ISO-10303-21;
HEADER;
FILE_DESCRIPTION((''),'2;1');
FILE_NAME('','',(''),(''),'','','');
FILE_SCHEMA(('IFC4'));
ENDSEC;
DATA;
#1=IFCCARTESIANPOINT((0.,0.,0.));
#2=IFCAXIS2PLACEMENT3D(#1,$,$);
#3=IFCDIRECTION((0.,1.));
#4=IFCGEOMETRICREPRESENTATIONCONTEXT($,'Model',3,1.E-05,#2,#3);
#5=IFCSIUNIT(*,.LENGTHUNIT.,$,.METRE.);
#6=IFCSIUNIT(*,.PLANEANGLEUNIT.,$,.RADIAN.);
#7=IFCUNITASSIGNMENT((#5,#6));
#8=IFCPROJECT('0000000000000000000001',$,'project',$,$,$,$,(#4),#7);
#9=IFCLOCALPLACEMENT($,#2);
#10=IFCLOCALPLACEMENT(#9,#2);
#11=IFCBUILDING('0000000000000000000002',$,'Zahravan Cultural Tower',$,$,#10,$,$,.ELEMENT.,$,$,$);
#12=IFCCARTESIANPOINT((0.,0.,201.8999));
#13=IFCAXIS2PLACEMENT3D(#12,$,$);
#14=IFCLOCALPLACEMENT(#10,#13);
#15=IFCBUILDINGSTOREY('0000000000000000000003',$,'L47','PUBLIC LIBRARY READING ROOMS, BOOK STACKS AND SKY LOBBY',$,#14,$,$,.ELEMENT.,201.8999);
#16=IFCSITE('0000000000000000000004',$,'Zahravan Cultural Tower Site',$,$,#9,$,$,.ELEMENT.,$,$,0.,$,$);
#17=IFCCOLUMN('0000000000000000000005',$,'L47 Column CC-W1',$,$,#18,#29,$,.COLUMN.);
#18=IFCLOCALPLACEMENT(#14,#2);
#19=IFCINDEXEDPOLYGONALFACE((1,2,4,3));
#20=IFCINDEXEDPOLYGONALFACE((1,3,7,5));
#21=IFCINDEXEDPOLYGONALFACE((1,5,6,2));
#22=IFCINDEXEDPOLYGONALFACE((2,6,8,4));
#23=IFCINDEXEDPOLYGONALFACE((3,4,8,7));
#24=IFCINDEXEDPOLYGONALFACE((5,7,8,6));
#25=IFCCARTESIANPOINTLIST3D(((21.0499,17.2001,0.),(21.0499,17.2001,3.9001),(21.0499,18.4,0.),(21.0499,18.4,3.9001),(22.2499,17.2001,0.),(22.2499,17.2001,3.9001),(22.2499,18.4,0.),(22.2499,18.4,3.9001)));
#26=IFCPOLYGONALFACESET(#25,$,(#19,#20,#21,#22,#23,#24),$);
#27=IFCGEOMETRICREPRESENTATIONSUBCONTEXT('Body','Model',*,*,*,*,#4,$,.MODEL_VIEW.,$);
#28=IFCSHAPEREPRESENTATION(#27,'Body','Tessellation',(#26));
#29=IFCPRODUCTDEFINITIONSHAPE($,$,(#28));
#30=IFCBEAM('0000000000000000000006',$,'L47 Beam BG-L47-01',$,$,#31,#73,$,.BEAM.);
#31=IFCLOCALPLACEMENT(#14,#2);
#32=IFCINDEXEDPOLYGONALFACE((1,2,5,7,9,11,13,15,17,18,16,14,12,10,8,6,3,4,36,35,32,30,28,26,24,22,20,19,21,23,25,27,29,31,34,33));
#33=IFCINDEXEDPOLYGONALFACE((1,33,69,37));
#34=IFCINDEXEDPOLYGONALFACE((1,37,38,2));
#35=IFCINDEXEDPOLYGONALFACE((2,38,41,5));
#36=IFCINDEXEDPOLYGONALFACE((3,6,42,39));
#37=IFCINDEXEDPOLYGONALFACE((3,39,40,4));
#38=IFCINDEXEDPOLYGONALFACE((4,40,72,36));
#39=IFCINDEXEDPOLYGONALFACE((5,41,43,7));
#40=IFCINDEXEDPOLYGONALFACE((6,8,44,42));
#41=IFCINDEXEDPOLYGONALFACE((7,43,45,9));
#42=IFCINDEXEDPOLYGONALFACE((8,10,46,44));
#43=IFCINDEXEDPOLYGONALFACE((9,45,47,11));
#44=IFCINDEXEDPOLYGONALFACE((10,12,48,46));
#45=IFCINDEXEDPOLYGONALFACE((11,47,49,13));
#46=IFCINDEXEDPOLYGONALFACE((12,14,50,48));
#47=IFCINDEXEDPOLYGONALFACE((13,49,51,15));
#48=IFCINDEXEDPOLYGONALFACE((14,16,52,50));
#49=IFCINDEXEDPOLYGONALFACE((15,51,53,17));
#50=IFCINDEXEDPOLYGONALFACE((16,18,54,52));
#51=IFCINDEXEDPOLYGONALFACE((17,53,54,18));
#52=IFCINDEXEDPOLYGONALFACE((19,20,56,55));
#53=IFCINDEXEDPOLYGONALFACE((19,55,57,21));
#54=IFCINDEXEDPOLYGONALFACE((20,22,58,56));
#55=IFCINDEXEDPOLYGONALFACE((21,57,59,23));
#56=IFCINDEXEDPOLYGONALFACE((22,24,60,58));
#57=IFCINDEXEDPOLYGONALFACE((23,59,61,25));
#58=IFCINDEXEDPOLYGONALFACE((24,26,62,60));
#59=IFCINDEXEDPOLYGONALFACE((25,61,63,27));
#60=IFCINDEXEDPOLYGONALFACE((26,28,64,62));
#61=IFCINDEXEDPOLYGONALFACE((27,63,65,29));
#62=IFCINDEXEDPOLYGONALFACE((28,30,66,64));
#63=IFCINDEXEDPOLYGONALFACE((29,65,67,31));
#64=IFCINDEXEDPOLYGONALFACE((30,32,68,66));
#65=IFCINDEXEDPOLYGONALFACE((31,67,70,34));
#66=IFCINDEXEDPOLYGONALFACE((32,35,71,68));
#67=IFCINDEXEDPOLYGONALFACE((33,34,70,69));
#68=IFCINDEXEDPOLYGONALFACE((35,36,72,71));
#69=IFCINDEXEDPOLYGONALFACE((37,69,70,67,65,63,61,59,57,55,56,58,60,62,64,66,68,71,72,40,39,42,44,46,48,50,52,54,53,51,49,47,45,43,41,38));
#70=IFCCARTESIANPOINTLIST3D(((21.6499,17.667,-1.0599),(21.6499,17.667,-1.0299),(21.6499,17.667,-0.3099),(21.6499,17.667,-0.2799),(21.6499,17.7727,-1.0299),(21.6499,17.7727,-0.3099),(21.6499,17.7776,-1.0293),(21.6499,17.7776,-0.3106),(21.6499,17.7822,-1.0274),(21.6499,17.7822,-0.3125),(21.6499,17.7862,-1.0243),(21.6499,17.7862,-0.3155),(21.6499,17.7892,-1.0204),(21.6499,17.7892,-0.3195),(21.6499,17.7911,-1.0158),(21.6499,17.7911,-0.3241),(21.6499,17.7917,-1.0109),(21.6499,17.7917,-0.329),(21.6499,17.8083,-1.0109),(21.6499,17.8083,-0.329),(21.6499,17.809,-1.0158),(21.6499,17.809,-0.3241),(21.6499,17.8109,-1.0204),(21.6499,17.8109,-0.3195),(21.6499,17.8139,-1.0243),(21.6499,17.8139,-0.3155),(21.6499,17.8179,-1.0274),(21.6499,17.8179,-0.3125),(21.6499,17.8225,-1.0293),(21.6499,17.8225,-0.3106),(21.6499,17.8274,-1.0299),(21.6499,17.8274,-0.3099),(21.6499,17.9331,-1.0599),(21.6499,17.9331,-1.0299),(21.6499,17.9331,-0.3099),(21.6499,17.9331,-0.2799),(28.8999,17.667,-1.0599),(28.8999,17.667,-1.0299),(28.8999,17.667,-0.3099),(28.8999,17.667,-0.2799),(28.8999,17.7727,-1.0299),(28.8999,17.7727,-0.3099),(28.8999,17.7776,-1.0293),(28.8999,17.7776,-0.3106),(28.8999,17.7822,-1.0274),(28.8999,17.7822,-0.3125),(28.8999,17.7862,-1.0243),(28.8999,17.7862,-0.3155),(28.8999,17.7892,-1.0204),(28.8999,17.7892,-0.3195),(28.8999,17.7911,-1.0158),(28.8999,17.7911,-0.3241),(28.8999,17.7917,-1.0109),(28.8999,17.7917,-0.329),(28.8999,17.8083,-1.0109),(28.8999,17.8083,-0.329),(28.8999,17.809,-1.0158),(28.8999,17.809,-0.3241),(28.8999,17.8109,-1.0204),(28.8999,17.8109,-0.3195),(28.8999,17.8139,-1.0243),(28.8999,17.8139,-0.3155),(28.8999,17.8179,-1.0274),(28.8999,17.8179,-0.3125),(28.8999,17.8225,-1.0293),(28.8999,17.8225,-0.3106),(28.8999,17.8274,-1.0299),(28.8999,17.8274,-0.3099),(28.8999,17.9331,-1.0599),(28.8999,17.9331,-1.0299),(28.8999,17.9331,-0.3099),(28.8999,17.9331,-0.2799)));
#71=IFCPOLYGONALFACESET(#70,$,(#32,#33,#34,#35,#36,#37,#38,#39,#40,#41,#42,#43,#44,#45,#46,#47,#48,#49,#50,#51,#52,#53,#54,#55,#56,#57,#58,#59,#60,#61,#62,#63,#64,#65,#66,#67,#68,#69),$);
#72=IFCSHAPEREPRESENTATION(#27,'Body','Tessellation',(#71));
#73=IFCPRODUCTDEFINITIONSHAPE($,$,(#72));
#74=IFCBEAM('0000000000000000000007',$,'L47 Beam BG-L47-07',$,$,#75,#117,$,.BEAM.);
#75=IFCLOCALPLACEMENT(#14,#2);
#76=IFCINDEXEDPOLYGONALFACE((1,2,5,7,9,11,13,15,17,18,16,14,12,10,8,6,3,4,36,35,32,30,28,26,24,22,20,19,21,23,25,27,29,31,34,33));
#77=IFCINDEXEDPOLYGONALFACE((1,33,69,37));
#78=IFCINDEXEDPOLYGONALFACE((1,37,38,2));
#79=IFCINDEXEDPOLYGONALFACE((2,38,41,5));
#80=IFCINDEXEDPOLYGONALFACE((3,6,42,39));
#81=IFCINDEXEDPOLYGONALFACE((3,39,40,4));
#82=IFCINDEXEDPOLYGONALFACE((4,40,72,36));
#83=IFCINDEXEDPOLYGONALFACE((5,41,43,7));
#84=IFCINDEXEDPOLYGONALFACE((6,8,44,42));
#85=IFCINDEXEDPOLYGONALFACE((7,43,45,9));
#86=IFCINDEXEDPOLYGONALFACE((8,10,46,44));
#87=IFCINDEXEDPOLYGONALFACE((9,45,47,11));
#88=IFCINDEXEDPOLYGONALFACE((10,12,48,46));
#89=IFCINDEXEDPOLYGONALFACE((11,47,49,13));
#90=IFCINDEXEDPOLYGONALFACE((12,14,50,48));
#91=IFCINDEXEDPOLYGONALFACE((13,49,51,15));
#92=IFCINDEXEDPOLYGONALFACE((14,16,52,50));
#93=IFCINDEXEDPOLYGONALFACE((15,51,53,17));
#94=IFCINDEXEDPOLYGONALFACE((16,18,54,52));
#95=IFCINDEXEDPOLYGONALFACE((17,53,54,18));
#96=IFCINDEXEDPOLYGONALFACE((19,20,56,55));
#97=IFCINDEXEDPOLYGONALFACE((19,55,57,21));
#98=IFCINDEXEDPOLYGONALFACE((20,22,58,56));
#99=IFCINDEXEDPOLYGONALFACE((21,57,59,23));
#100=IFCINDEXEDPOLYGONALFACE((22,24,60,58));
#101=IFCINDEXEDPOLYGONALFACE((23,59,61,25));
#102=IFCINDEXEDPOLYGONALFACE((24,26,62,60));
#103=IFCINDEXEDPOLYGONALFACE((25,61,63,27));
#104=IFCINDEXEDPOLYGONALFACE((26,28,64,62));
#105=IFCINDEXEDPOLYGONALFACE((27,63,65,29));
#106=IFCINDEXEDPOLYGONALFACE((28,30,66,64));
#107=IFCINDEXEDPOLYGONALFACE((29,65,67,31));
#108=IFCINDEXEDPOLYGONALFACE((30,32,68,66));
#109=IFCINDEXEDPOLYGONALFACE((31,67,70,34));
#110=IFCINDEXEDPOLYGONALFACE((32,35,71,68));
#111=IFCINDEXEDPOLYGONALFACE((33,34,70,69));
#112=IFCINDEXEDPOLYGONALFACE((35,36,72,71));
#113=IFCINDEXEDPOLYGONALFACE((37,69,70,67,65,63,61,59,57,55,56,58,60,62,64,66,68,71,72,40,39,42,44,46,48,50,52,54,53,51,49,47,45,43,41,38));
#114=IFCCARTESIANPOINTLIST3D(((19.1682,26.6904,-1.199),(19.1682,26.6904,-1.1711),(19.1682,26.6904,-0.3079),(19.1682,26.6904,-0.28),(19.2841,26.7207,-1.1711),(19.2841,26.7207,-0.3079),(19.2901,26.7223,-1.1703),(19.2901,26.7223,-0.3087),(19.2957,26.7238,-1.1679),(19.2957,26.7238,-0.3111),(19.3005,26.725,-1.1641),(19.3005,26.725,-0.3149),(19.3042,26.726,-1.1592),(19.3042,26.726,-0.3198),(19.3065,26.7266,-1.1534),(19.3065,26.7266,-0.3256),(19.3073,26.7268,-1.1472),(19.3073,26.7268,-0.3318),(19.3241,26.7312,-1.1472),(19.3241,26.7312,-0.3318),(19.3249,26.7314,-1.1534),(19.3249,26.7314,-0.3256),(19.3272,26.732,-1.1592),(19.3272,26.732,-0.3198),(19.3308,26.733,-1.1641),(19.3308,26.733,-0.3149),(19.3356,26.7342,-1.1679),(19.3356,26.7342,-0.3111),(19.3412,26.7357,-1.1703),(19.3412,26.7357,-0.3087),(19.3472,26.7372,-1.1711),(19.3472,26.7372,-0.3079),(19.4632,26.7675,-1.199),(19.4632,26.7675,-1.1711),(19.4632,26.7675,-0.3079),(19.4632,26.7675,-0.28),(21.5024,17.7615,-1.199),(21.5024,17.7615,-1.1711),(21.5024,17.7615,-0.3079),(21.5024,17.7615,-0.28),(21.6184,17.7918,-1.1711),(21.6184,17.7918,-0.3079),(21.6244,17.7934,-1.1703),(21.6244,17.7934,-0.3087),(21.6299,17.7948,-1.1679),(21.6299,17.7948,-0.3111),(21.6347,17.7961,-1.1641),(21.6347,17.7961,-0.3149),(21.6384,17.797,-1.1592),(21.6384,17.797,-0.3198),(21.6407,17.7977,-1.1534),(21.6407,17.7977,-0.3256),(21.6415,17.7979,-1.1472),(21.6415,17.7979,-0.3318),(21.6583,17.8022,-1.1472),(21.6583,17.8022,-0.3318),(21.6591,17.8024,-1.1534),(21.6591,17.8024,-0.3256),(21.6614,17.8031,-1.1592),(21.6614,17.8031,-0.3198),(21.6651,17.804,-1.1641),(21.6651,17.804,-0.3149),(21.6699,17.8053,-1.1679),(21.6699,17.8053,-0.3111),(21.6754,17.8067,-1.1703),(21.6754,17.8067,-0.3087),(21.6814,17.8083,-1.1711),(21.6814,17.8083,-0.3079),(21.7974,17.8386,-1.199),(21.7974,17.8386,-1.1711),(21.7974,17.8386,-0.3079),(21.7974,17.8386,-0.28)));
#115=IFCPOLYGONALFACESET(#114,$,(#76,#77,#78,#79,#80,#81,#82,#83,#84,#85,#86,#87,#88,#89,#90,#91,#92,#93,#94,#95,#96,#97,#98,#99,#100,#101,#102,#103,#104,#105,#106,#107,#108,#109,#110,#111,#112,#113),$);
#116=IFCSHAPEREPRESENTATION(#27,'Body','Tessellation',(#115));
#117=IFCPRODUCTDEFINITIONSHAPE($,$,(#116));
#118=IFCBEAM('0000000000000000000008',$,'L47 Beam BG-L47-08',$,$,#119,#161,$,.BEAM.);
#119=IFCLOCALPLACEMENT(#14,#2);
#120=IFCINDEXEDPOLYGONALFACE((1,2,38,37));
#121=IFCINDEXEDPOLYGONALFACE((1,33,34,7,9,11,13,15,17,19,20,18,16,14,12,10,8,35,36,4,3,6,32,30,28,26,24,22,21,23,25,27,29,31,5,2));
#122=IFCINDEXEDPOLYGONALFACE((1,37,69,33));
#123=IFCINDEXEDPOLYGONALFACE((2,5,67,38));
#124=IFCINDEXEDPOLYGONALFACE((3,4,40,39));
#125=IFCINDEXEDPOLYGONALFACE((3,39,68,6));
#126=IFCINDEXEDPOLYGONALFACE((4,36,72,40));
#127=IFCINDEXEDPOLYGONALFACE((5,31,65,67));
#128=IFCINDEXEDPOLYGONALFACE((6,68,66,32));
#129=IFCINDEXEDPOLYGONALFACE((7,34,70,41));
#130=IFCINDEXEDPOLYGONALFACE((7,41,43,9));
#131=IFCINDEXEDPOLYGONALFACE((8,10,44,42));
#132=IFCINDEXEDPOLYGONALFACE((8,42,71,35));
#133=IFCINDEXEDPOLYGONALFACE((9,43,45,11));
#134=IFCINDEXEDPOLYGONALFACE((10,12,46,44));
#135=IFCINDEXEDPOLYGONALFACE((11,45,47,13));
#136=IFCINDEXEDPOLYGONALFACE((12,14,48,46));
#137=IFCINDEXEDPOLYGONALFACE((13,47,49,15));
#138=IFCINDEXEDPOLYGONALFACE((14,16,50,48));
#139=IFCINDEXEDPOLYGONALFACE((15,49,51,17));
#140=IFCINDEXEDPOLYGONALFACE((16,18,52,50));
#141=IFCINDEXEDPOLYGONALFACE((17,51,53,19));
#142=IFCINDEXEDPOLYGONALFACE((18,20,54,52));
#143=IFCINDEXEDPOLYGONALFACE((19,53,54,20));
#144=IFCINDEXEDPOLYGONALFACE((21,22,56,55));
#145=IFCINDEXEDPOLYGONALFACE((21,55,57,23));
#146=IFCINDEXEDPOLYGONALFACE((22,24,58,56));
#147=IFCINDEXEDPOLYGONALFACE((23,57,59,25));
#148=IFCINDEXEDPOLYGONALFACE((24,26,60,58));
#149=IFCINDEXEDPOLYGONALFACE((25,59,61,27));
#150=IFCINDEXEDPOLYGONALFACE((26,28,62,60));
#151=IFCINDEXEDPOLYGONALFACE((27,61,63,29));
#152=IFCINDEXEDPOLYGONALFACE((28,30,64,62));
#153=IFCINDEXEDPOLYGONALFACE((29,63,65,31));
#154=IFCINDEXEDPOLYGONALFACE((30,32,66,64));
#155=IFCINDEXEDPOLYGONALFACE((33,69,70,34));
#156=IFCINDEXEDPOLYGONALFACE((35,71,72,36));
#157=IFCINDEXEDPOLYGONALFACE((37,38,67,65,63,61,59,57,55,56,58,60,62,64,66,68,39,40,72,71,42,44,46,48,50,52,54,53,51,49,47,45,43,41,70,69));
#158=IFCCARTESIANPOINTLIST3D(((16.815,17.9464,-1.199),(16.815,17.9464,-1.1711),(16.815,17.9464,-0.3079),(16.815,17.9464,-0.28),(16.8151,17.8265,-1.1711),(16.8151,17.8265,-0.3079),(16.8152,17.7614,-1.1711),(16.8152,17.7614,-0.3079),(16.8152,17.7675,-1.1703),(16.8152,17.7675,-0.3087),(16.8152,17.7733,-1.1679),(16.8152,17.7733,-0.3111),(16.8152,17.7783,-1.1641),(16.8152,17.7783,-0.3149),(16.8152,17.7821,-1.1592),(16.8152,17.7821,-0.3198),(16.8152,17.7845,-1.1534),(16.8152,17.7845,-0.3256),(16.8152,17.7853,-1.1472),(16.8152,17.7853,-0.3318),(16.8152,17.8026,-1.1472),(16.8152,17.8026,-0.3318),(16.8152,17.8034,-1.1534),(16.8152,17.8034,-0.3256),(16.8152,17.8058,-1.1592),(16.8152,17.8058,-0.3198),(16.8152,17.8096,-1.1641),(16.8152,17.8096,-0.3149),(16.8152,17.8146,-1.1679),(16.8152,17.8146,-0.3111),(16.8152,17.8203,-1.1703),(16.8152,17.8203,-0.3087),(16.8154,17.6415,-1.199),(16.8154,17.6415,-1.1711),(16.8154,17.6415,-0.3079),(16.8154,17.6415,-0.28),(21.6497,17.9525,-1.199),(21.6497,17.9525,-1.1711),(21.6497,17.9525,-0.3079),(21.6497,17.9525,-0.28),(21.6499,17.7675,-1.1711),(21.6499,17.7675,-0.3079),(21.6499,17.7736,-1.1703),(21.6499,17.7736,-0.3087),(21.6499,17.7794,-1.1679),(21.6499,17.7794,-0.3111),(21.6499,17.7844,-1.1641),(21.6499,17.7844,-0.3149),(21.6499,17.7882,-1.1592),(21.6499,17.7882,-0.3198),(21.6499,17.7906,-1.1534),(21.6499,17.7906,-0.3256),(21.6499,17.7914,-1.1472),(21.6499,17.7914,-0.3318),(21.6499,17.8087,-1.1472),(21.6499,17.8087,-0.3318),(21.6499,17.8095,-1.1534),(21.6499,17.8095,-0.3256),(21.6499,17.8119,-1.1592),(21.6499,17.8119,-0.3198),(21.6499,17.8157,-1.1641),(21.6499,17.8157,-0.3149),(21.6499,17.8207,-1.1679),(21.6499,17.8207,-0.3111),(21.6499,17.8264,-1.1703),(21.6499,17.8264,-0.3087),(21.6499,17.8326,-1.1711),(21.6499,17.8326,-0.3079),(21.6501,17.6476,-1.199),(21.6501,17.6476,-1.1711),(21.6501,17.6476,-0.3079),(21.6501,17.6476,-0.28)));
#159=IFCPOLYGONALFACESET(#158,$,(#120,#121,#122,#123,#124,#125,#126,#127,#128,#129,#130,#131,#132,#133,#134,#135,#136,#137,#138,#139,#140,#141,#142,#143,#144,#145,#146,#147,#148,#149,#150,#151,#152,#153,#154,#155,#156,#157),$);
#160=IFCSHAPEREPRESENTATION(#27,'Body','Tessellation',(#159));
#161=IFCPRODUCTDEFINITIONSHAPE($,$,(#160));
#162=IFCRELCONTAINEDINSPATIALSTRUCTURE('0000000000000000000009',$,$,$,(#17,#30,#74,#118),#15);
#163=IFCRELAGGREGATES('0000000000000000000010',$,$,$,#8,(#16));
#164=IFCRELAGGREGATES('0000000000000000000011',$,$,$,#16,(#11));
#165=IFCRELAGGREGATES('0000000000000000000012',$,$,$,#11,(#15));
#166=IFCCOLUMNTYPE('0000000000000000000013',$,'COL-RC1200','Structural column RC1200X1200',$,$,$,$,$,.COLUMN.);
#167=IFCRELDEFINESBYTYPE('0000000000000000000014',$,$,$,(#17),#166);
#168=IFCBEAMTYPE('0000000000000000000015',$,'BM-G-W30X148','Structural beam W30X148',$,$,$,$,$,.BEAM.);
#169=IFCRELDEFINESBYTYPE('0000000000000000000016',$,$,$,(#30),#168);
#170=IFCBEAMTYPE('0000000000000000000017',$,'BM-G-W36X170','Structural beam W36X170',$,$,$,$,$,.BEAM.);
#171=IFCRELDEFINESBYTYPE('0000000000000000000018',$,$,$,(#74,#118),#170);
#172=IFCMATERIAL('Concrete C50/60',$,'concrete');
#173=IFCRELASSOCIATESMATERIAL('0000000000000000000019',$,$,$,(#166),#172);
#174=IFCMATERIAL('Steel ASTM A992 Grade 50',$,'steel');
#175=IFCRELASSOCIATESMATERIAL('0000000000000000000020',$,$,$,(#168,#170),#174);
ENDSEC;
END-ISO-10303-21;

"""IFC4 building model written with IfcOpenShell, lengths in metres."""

from ifc_helpers import new_model, si_unit, direction, frame, origin, origin_2d, place, context, subcontext, project, spatial, rectangle, i_section, extrude, source, transform, mapped, material, material_profile, profile_set, type_object, element, save


model = new_model("IFC4")

# Units and contexts
model_context = context("Model", 3, precision=1e-05, world=origin(), true_north=direction((0.0, 1.0)))
body_context = subcontext(model_context, "Body", "Model", "MODEL_VIEW")
ifc_project = project(units=[si_unit("LENGTHUNIT", "METRE"), si_unit("PLANEANGLEUNIT", "RADIAN")], contexts=[model_context])

# Site, building, storey
site_placement = place(None, origin())
site = spatial("IfcSite", under=ifc_project, at=site_placement, Name="Zahravan Cultural Tower Site", CompositionType="ELEMENT", RefElevation=0.0)
building_placement = place(site_placement, origin())
building = spatial("IfcBuilding", under=site, at=building_placement, Name="Zahravan Cultural Tower", CompositionType="ELEMENT")
storey_placement = place(building_placement, frame((0.0, 0.0, 201.8999)))
storey = spatial("IfcBuildingStorey", under=building, at=storey_placement, Name="L47", Description="PUBLIC LIBRARY READING ROOMS, BOOK STACKS AND SKY LOBBY", CompositionType="ELEMENT", Elevation=201.8999)

# Column
ifc_material_1 = material(Name="Concrete C50/60", Category="concrete")
ifc_material_profile_1 = material_profile(ifc_material_1, rectangle(XDim=1.2, YDim=1.2, at=origin_2d()), Name="RC1200X1200")
ifc_profile_set_1 = profile_set([ifc_material_profile_1], Name="Concrete C50/60")
column_type = type_object("IfcColumnType", Name="COL-RC1200", Description="Structural column RC1200X1200", PredefinedType="COLUMN", material=ifc_profile_set_1)
shared_shape_1 = source(origin(), body_context, "Body", "SweptSolid", [
    extrude(rectangle(XDim=1.2, YDim=1.2, at=origin_2d()), origin(), (0.0, 0.0, 1.0), 3.9001),
])
column_placement = place(storey_placement, frame((21.6499, 17.8, 0.0), z_axis=(0.0, 0.0, 1.0), x_axis=(1.0, 0.0, 0.0)))
element("IfcColumn", 1, at=column_placement, inside=storey, type_object=column_type, Name="L47 Column CC-W1", PredefinedType="COLUMN", context=body_context, shape_type="MappedRepresentation", body=[
    mapped(shared_shape_1, transform((0.0, 0.0, 0.0), x_axis=(1.0, 0.0, 0.0), y_axis=(0.0, 1.0, 0.0), z_axis=(0.0, 0.0, 1.0), scale=1.0)),
])

# Beams
ifc_material_2 = material(Name="Steel ASTM A992 Grade 50", Category="steel")
ifc_material_profile_2 = material_profile(ifc_material_2, i_section(OverallWidth=0.2661, OverallDepth=0.78, WebThickness=0.0166, FlangeThickness=0.03, FilletRadius=0.019, at=origin_2d()), Name="W30X148")
ifc_profile_set_2 = profile_set([ifc_material_profile_2], Name="Steel ASTM A992 Grade 50")
beam_type_1 = type_object("IfcBeamType", Name="BM-G-W30X148", Description="Structural beam W30X148", PredefinedType="BEAM", material=ifc_profile_set_2)
shared_shape_2 = source(origin(), body_context, "Body", "SweptSolid", [
    extrude(i_section(OverallWidth=0.2661, OverallDepth=0.78, WebThickness=0.0166, FlangeThickness=0.03, FilletRadius=0.019, at=origin_2d()), origin(), (0.0, 0.0, 1.0), 7.25),
])
beam_1_placement = place(storey_placement, frame((21.6499, 17.8, -0.6699), z_axis=(1.0, 0.0, 0.0), x_axis=(0.0, 1.0, 0.0)))
element("IfcBeam", 2, at=beam_1_placement, inside=storey, type_object=beam_type_1, Name="L47 Beam BG-L47-01", PredefinedType="BEAM", context=body_context, shape_type="MappedRepresentation", body=[
    mapped(shared_shape_2, transform((0.0, 0.0, 0.0), x_axis=(1.0, 0.0, 0.0), y_axis=(0.0, 1.0, 0.0), z_axis=(0.0, 0.0, 1.0), scale=1.0)),
])
ifc_material_profile_3 = material_profile(ifc_material_2, i_section(OverallWidth=0.3049, OverallDepth=0.9189, WebThickness=0.0173, FlangeThickness=0.0278, FilletRadius=0.0239, at=origin_2d()), Name="W36X170")
ifc_profile_set_3 = profile_set([ifc_material_profile_3], Name="Steel ASTM A992 Grade 50")
beam_type_2 = type_object("IfcBeamType", Name="BM-G-W36X170", Description="Structural beam W36X170", PredefinedType="BEAM", material=ifc_profile_set_3)
shared_shape_3 = source(origin(), body_context, "Body", "SweptSolid", [
    extrude(i_section(OverallWidth=0.3049, OverallDepth=0.9189, WebThickness=0.0173, FlangeThickness=0.0278, FilletRadius=0.0239, at=origin_2d()), origin(), (0.0, 0.0, 1.0), 9.229),
])
beam_2_placement = place(storey_placement, frame((21.6499, 17.8, -0.7395), z_axis=(-0.252923, 0.967487, 0.0), x_axis=(-0.967487, -0.252923, 0.0)))
element("IfcBeam", 3, at=beam_2_placement, inside=storey, type_object=beam_type_2, Name="L47 Beam BG-L47-07", PredefinedType="BEAM", context=body_context, shape_type="MappedRepresentation", body=[
    mapped(shared_shape_3, transform((0.0, 0.0, 0.0), x_axis=(1.0, 0.0, 0.0), y_axis=(0.0, 1.0, 0.0), z_axis=(0.0, 0.0, 1.0), scale=1.0)),
])
shared_shape_4 = source(origin(), body_context, "Body", "SweptSolid", [
    extrude(i_section(OverallWidth=0.3049, OverallDepth=0.9189, WebThickness=0.0173, FlangeThickness=0.0278, FilletRadius=0.0239, at=origin_2d()), origin(), (0.0, 0.0, 1.0), 4.8347),
])
beam_3_placement = place(storey_placement, frame((21.6499, 17.8, -0.7395), z_axis=(-0.999999, -0.001262, 0.0), x_axis=(0.001262, -0.999999, 0.0)))
element("IfcBeam", 4, at=beam_3_placement, inside=storey, type_object=beam_type_2, Name="L47 Beam BG-L47-08", PredefinedType="BEAM", context=body_context, shape_type="MappedRepresentation", body=[
    mapped(shared_shape_4, transform((0.0, 0.0, 0.0), x_axis=(1.0, 0.0, 0.0), y_axis=(0.0, 1.0, 0.0), z_axis=(0.0, 0.0, 1.0), scale=1.0)),
])

save(model, "model.ifc")
